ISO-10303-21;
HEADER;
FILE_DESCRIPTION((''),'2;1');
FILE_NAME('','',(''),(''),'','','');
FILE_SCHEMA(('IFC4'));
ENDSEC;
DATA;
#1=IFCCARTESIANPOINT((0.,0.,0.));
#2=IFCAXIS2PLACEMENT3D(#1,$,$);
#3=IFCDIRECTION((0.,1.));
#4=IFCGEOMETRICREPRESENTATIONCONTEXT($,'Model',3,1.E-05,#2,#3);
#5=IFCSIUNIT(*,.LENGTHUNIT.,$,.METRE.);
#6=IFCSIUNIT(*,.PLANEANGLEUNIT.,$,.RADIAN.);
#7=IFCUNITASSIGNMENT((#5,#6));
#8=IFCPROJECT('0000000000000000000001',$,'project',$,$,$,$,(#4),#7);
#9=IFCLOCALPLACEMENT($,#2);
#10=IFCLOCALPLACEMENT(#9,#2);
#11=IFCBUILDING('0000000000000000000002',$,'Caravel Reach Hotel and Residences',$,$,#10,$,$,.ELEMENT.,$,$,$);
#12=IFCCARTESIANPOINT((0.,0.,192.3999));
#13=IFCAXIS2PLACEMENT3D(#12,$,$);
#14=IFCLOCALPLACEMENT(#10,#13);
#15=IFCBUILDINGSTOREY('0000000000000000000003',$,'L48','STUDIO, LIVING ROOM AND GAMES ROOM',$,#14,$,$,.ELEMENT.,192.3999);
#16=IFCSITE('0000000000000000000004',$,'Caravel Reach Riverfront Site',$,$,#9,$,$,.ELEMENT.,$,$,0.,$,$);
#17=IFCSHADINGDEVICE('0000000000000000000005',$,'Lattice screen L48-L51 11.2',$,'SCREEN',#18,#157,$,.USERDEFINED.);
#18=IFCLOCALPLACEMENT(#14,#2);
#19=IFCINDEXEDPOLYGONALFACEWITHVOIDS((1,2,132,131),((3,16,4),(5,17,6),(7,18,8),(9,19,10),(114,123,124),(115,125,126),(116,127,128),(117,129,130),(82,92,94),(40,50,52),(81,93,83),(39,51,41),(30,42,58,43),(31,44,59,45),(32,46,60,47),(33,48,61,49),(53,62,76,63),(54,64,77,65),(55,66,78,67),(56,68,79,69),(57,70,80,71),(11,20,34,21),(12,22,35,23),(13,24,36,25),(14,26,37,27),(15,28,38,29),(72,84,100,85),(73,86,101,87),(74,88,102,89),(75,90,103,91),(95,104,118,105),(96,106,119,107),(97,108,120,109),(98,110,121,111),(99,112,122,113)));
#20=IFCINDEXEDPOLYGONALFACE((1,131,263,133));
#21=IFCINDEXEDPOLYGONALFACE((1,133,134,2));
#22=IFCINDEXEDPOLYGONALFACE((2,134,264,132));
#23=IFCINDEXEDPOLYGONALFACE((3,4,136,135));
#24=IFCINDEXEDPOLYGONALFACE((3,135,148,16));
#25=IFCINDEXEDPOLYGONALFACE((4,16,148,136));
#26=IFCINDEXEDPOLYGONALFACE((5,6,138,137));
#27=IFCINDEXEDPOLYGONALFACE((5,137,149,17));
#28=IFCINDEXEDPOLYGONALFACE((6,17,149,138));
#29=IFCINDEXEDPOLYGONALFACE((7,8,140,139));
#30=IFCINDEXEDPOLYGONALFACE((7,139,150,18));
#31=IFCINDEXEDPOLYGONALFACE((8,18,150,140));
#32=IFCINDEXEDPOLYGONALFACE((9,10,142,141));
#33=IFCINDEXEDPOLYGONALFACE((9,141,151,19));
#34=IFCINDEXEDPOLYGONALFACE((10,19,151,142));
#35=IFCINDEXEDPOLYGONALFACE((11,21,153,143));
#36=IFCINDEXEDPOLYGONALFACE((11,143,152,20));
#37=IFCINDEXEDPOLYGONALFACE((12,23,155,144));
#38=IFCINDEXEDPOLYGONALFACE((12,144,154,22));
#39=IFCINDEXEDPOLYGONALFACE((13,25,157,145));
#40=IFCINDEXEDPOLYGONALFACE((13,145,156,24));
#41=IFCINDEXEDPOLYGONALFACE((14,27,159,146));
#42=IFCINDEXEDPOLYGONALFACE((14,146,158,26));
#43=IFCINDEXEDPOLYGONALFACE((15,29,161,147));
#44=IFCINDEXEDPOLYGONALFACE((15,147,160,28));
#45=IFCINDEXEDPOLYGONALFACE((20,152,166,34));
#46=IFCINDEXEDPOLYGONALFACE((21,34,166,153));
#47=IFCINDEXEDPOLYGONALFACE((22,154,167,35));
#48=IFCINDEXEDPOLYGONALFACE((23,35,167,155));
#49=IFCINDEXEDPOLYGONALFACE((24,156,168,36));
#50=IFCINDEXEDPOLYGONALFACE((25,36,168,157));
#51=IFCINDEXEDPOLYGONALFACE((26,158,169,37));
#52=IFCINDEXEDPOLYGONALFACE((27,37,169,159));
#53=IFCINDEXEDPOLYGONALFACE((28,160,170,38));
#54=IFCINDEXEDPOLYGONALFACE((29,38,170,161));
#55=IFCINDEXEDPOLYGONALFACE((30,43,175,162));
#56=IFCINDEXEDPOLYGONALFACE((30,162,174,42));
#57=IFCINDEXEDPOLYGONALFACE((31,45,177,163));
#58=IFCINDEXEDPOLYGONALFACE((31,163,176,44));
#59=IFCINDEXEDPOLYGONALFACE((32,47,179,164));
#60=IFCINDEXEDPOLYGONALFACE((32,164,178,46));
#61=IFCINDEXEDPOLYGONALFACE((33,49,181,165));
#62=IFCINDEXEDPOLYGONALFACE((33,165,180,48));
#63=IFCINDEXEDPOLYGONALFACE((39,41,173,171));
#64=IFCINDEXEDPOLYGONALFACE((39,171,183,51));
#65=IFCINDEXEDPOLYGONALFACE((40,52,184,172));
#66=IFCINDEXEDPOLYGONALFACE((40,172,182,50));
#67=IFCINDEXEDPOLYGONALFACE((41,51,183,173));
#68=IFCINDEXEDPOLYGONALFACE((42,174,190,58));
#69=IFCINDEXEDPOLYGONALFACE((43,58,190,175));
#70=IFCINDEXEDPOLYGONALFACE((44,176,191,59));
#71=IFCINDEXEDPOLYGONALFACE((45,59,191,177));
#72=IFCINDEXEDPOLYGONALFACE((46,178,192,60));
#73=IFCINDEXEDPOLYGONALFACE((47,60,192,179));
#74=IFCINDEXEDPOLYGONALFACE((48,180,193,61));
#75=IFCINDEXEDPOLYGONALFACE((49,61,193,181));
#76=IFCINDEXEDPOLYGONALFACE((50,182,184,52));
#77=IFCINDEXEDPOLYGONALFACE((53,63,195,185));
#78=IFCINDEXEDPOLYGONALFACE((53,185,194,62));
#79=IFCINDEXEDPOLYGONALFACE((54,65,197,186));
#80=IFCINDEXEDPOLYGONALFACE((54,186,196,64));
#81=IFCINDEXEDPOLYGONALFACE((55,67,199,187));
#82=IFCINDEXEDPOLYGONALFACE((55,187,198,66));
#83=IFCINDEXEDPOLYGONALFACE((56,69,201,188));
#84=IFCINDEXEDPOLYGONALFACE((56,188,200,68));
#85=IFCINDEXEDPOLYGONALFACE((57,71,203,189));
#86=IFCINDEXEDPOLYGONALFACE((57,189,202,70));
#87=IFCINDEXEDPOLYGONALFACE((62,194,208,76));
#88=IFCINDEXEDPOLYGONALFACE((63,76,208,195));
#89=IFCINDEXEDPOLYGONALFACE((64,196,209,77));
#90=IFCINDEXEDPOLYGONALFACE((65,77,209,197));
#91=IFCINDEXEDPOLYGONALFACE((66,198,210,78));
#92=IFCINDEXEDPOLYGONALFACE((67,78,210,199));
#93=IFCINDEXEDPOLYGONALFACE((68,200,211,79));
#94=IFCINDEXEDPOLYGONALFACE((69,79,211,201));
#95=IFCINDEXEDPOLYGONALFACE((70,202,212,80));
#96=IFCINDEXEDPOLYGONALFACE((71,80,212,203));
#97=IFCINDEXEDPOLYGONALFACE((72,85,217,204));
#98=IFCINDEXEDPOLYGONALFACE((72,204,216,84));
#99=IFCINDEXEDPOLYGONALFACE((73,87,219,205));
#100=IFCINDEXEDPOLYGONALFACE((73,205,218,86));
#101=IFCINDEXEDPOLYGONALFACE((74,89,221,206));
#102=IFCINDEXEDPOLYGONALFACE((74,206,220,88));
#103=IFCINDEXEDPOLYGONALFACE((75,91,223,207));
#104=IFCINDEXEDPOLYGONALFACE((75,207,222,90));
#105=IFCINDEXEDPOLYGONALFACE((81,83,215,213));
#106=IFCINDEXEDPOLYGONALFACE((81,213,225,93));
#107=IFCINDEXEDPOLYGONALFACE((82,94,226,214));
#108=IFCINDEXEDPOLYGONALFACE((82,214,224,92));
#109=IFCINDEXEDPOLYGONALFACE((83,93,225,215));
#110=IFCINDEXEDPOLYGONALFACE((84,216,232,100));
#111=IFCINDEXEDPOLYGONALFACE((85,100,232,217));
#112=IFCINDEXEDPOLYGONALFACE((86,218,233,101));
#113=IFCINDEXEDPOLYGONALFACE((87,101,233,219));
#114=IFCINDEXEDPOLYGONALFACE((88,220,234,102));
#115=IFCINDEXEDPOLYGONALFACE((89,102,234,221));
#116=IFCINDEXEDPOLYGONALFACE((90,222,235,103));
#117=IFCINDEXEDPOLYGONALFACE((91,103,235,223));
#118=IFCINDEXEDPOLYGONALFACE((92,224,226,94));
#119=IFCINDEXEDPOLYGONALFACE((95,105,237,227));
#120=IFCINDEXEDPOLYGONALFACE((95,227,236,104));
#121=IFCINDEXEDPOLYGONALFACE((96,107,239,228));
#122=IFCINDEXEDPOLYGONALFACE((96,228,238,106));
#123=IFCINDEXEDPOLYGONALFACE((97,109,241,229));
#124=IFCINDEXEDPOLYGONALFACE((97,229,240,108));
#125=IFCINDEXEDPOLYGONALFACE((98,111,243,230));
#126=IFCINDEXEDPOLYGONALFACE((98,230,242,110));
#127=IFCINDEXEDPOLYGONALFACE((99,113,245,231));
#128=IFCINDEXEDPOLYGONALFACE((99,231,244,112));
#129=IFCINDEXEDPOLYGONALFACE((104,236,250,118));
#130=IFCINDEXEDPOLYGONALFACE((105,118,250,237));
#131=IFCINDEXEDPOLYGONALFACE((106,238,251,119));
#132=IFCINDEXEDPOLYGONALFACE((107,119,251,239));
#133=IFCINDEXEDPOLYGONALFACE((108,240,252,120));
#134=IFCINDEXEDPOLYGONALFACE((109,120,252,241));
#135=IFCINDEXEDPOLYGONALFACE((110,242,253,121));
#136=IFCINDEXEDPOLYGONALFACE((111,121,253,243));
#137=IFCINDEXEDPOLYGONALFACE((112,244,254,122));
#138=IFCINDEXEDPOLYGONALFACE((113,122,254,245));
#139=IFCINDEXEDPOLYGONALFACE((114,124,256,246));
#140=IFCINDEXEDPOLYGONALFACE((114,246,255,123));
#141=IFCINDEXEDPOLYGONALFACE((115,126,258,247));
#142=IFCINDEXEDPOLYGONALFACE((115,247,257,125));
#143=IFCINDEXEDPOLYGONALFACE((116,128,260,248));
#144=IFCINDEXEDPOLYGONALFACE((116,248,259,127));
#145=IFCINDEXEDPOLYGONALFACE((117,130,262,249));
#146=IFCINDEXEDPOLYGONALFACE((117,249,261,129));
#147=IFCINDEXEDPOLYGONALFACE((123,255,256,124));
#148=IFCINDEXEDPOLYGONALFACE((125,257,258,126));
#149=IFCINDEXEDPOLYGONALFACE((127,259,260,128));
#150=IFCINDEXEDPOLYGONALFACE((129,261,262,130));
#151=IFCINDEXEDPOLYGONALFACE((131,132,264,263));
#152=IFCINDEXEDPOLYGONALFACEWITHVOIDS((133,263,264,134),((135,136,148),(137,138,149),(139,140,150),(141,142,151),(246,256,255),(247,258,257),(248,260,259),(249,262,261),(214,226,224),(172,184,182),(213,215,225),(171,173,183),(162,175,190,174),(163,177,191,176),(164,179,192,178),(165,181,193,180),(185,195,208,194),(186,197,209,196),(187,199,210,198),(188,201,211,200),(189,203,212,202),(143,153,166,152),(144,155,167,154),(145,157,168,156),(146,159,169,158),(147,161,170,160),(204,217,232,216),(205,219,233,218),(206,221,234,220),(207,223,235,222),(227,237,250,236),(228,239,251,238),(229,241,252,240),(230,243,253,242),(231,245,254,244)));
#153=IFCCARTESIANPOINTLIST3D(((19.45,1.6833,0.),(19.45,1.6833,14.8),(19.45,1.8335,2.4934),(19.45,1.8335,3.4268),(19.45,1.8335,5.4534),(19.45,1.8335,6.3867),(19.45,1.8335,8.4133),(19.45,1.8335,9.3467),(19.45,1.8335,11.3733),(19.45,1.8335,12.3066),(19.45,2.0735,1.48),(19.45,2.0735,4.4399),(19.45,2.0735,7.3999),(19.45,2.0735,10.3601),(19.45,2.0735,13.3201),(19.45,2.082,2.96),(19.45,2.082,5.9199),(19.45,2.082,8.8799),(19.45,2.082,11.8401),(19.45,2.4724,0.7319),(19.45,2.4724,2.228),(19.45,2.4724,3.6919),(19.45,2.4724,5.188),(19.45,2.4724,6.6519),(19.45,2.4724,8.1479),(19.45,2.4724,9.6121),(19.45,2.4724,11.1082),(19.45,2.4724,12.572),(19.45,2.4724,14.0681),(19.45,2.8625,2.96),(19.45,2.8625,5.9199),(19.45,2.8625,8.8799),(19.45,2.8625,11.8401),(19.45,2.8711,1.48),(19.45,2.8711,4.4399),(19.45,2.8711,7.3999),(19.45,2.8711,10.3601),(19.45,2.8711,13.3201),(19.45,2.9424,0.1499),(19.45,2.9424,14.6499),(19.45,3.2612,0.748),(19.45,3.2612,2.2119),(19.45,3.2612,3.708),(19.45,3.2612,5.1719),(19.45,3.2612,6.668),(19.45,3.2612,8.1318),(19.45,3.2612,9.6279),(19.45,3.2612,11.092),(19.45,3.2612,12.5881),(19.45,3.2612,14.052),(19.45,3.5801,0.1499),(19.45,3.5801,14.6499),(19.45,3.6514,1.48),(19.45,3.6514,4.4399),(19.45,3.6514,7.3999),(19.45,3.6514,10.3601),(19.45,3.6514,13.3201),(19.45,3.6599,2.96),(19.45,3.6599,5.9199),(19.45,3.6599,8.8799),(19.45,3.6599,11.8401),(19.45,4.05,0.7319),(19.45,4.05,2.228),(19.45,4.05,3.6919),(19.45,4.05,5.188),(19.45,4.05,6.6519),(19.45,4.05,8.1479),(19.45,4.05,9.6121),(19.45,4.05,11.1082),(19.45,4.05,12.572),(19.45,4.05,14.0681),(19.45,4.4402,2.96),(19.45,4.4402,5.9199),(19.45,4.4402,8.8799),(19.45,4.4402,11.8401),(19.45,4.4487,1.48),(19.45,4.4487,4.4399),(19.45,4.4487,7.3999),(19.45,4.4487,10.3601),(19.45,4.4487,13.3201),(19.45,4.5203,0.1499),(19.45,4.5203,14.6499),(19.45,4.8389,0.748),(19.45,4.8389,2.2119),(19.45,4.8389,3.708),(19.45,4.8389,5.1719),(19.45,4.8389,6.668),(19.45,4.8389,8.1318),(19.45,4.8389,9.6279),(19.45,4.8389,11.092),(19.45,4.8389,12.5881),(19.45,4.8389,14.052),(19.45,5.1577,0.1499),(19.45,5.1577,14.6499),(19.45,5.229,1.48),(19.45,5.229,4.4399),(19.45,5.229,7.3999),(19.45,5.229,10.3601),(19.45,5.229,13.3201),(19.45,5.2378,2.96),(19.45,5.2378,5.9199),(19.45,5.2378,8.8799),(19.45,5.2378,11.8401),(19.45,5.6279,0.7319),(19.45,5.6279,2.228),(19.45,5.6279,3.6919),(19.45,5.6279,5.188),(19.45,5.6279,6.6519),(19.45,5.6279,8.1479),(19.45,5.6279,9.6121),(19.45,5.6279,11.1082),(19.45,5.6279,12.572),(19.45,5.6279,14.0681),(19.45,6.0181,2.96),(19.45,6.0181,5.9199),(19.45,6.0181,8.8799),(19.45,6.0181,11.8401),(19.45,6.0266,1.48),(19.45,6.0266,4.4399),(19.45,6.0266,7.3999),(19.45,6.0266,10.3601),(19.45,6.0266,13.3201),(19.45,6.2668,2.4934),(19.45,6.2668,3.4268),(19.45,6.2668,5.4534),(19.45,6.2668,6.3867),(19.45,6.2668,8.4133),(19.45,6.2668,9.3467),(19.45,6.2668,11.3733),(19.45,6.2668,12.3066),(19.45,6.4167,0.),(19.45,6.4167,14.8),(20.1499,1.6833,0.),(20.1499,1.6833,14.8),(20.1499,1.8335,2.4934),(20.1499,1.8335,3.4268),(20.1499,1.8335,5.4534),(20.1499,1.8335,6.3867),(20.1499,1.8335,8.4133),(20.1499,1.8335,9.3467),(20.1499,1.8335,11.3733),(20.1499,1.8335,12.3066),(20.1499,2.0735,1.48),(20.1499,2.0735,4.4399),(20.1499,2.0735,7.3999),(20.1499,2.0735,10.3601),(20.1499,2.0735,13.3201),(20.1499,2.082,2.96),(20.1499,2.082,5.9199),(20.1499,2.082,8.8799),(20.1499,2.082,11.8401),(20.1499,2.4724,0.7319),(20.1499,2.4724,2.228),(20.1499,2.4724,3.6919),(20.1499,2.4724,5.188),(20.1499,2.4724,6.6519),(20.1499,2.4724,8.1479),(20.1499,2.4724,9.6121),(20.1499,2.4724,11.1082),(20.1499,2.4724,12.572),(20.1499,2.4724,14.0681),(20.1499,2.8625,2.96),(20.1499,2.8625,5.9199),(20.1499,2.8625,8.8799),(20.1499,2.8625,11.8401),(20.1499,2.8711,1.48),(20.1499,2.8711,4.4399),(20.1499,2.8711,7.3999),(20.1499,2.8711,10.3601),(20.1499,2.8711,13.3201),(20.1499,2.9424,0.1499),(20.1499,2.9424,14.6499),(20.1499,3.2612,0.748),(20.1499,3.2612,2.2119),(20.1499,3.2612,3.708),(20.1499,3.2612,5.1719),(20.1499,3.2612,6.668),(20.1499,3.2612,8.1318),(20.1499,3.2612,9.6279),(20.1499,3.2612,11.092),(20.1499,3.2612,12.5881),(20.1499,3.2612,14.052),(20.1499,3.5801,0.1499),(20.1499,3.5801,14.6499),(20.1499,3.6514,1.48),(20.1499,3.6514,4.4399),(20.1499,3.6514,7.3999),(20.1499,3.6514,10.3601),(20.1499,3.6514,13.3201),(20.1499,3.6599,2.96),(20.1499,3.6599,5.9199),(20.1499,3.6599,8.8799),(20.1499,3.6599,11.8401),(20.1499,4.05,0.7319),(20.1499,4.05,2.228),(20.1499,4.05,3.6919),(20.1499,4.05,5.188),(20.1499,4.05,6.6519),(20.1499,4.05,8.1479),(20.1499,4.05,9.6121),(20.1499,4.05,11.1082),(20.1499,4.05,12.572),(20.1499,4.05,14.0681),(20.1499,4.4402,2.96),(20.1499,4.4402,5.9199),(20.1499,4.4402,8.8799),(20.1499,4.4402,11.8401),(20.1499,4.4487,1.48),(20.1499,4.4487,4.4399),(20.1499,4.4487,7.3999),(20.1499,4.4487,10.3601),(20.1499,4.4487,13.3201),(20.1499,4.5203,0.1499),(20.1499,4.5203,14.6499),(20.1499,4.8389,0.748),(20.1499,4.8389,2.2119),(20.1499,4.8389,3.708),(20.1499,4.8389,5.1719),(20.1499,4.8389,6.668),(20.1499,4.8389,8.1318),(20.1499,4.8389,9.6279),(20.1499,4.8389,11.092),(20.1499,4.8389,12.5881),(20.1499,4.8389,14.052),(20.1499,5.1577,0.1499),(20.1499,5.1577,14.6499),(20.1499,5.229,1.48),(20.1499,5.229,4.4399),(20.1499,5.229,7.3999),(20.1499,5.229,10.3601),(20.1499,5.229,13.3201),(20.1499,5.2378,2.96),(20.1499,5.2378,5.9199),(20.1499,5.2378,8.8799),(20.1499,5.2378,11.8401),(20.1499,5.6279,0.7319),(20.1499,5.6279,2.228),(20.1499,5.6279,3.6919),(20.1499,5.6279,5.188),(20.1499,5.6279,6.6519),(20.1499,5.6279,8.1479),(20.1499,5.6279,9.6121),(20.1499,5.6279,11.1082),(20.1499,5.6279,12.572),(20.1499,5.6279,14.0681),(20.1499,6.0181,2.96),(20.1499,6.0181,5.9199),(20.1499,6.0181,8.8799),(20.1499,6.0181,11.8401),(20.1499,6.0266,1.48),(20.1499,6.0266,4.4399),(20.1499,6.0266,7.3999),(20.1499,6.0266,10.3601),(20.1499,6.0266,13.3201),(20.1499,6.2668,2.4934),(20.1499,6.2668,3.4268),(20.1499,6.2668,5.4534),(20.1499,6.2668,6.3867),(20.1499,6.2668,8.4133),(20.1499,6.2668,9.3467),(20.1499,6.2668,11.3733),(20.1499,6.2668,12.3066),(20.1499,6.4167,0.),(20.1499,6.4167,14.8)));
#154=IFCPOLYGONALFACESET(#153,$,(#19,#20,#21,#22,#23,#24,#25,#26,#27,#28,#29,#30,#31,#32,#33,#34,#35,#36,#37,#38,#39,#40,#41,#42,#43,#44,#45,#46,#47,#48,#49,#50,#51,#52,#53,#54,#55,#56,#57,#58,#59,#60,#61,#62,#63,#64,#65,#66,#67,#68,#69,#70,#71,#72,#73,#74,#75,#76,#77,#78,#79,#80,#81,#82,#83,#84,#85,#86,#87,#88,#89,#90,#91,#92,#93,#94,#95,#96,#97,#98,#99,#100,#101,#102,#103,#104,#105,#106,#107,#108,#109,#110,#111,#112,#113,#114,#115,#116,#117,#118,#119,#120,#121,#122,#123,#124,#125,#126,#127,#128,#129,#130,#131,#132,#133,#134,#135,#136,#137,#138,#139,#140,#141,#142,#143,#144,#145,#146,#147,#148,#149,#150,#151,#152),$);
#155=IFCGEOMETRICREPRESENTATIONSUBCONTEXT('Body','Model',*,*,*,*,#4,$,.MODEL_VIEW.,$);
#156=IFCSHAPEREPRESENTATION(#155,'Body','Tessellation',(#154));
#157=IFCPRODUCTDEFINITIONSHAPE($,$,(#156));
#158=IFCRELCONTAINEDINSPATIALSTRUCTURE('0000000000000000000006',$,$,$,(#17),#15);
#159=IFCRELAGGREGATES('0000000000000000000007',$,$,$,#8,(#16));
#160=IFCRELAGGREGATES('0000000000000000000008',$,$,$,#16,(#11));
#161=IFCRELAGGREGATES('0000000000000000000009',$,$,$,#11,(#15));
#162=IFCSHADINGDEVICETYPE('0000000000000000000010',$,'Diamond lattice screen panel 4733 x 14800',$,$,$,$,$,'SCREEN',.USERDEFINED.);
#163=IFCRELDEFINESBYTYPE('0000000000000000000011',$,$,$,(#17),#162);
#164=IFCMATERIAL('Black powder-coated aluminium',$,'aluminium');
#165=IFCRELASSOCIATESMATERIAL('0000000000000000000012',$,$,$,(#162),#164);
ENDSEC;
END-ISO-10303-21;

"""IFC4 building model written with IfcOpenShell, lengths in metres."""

from ifc_helpers import new_model, si_unit, direction, frame, origin, place, context, subcontext, project, spatial, polyline, outline, extrude, material, type_object, element, save


model = new_model("IFC4")

# Units and contexts
model_context = context("Model", 3, precision=1e-05, world=origin(), true_north=direction((0.0, 1.0)))
body_context = subcontext(model_context, "Body", "Model", "MODEL_VIEW")
ifc_project = project(units=[si_unit("LENGTHUNIT", "METRE"), si_unit("PLANEANGLEUNIT", "RADIAN")], contexts=[model_context])

# Site, building, storey
site_placement = place(None, origin())
site = spatial("IfcSite", under=ifc_project, at=site_placement, Name="Caravel Reach Riverfront Site", CompositionType="ELEMENT", RefElevation=0.0)
building_placement = place(site_placement, origin())
building = spatial("IfcBuilding", under=site, at=building_placement, Name="Caravel Reach Hotel and Residences", CompositionType="ELEMENT")
storey_placement = place(building_placement, frame((0.0, 0.0, 192.3999)))
storey = spatial("IfcBuildingStorey", under=building, at=storey_placement, Name="L48", Description="STUDIO, LIVING ROOM AND GAMES ROOM", CompositionType="ELEMENT", Elevation=192.3999)

# Shading device
ifc_material_1 = material(Name="Black powder-coated aluminium", Category="aluminium")
shading_device_type_1 = type_object("IfcShadingDeviceType", Name="Diamond lattice screen panel 4733 x 14800", ElementType="SCREEN", PredefinedType="USERDEFINED", material=ifc_material_1)
shading_device_1_placement = place(storey_placement, frame((20.1499, 6.4167, 0.0), z_axis=(-1.0, 0.0, 0.0), x_axis=(0.0, -1.0, 0.0)))
element("IfcShadingDevice", 1, at=shading_device_1_placement, inside=storey, type_object=shading_device_type_1, Name="Lattice screen L48-L51 11.2", ObjectType="SCREEN", PredefinedType="USERDEFINED", context=body_context, shape_type="SweptSolid", body=[
    extrude(outline(polyline([(0.0, 0.0), (4.7334, 0.0), (4.7334, 14.8), (0.0, 14.8), (0.0, 0.0)]), holes=[polyline([(0.3987, 2.96), (0.1499, 3.4268), (0.1499, 2.4934), (0.3987, 2.96)]), polyline([(0.3987, 5.9199), (0.1499, 6.3867), (0.1499, 5.4534), (0.3987, 5.9199)]), polyline([(0.3987, 8.8799), (0.1499, 9.3467), (0.1499, 8.4133), (0.3987, 8.8799)]), polyline([(0.3987, 11.8401), (0.1499, 12.3066), (0.1499, 11.3733), (0.3987, 11.8401)]), polyline([(0.7888, 2.228), (0.3901, 1.48), (0.7888, 0.7319), (1.1877, 1.48), (0.7888, 2.228)]), polyline([(0.7888, 5.188), (0.3901, 4.4399), (0.7888, 3.6919), (1.1877, 4.4399), (0.7888, 5.188)]), polyline([(0.7888, 8.1479), (0.3901, 7.3999), (0.7888, 6.6519), (1.1877, 7.3999), (0.7888, 8.1479)]), polyline([(0.7888, 11.1082), (0.3901, 10.3601), (0.7888, 9.6121), (1.1877, 10.3601), (0.7888, 11.1082)]), polyline([(0.7888, 14.0681), (0.3901, 13.3201), (0.7888, 12.572), (1.1877, 13.3201), (0.7888, 14.0681)]), polyline([(1.5779, 0.748), (1.259, 0.1499), (1.8965, 0.1499), (1.5779, 0.748)]), polyline([(1.5779, 3.708), (1.179, 2.96), (1.5779, 2.2119), (1.9766, 2.96), (1.5779, 3.708)]), polyline([(1.5779, 6.668), (1.179, 5.9199), (1.5779, 5.1719), (1.9766, 5.9199), (1.5779, 6.668)]), polyline([(1.5779, 9.6279), (1.179, 8.8799), (1.5779, 8.1318), (1.9766, 8.8799), (1.5779, 9.6279)]), polyline([(1.5779, 12.5881), (1.179, 11.8401), (1.5779, 11.092), (1.9766, 11.8401), (1.5779, 12.5881)]), polyline([(1.5779, 14.052), (1.8965, 14.6499), (1.259, 14.6499), (1.5779, 14.052)]), polyline([(2.3667, 2.228), (1.968, 1.48), (2.3667, 0.7319), (2.7654, 1.48), (2.3667, 2.228)]), polyline([(2.3667, 5.188), (1.968, 4.4399), (2.3667, 3.6919), (2.7654, 4.4399), (2.3667, 5.188)]), polyline([(2.3667, 8.1479), (1.968, 7.3999), (2.3667, 6.6519), (2.7654, 7.3999), (2.3667, 8.1479)]), polyline([(2.3667, 11.1082), (1.968, 10.3601), (2.3667, 9.6121), (2.7654, 10.3601), (2.3667, 11.1082)]), polyline([(2.3667, 14.0681), (1.968, 13.3201), (2.3667, 12.572), (2.7654, 13.3201), (2.3667, 14.0681)]), polyline([(3.1555, 0.748), (2.8367, 0.1499), (3.4744, 0.1499), (3.1555, 0.748)]), polyline([(3.1555, 3.708), (2.7568, 2.96), (3.1555, 2.2119), (3.5542, 2.96), (3.1555, 3.708)]), polyline([(3.1555, 6.668), (2.7568, 5.9199), (3.1555, 5.1719), (3.5542, 5.9199), (3.1555, 6.668)]), polyline([(3.1555, 9.6279), (2.7568, 8.8799), (3.1555, 8.1318), (3.5542, 8.8799), (3.1555, 9.6279)]), polyline([(3.1555, 12.5881), (2.7568, 11.8401), (3.1555, 11.092), (3.5542, 11.8401), (3.1555, 12.5881)]), polyline([(3.1555, 14.052), (3.4744, 14.6499), (2.8367, 14.6499), (3.1555, 14.052)]), polyline([(3.9443, 2.228), (3.5457, 1.48), (3.9443, 0.7319), (4.3433, 1.48), (3.9443, 2.228)]), polyline([(3.9443, 5.188), (3.5457, 4.4399), (3.9443, 3.6919), (4.3433, 4.4399), (3.9443, 5.188)]), polyline([(3.9443, 8.1479), (3.5457, 7.3999), (3.9443, 6.6519), (4.3433, 7.3999), (3.9443, 8.1479)]), polyline([(3.9443, 11.1082), (3.5457, 10.3601), (3.9443, 9.6121), (4.3433, 10.3601), (3.9443, 11.1082)]), polyline([(3.9443, 14.0681), (3.5457, 13.3201), (3.9443, 12.572), (4.3433, 13.3201), (3.9443, 14.0681)]), polyline([(4.3347, 2.96), (4.5833, 2.4934), (4.5833, 3.4268), (4.3347, 2.96)]), polyline([(4.3347, 5.9199), (4.5833, 5.4534), (4.5833, 6.3867), (4.3347, 5.9199)]), polyline([(4.3347, 8.8799), (4.5833, 8.4133), (4.5833, 9.3467), (4.3347, 8.8799)]), polyline([(4.3347, 11.8401), (4.5833, 11.3733), (4.5833, 12.3066), (4.3347, 11.8401)])]), origin(), (0.0, 0.0, 1.0), 0.7),
])

save(model, "model.ifc")
